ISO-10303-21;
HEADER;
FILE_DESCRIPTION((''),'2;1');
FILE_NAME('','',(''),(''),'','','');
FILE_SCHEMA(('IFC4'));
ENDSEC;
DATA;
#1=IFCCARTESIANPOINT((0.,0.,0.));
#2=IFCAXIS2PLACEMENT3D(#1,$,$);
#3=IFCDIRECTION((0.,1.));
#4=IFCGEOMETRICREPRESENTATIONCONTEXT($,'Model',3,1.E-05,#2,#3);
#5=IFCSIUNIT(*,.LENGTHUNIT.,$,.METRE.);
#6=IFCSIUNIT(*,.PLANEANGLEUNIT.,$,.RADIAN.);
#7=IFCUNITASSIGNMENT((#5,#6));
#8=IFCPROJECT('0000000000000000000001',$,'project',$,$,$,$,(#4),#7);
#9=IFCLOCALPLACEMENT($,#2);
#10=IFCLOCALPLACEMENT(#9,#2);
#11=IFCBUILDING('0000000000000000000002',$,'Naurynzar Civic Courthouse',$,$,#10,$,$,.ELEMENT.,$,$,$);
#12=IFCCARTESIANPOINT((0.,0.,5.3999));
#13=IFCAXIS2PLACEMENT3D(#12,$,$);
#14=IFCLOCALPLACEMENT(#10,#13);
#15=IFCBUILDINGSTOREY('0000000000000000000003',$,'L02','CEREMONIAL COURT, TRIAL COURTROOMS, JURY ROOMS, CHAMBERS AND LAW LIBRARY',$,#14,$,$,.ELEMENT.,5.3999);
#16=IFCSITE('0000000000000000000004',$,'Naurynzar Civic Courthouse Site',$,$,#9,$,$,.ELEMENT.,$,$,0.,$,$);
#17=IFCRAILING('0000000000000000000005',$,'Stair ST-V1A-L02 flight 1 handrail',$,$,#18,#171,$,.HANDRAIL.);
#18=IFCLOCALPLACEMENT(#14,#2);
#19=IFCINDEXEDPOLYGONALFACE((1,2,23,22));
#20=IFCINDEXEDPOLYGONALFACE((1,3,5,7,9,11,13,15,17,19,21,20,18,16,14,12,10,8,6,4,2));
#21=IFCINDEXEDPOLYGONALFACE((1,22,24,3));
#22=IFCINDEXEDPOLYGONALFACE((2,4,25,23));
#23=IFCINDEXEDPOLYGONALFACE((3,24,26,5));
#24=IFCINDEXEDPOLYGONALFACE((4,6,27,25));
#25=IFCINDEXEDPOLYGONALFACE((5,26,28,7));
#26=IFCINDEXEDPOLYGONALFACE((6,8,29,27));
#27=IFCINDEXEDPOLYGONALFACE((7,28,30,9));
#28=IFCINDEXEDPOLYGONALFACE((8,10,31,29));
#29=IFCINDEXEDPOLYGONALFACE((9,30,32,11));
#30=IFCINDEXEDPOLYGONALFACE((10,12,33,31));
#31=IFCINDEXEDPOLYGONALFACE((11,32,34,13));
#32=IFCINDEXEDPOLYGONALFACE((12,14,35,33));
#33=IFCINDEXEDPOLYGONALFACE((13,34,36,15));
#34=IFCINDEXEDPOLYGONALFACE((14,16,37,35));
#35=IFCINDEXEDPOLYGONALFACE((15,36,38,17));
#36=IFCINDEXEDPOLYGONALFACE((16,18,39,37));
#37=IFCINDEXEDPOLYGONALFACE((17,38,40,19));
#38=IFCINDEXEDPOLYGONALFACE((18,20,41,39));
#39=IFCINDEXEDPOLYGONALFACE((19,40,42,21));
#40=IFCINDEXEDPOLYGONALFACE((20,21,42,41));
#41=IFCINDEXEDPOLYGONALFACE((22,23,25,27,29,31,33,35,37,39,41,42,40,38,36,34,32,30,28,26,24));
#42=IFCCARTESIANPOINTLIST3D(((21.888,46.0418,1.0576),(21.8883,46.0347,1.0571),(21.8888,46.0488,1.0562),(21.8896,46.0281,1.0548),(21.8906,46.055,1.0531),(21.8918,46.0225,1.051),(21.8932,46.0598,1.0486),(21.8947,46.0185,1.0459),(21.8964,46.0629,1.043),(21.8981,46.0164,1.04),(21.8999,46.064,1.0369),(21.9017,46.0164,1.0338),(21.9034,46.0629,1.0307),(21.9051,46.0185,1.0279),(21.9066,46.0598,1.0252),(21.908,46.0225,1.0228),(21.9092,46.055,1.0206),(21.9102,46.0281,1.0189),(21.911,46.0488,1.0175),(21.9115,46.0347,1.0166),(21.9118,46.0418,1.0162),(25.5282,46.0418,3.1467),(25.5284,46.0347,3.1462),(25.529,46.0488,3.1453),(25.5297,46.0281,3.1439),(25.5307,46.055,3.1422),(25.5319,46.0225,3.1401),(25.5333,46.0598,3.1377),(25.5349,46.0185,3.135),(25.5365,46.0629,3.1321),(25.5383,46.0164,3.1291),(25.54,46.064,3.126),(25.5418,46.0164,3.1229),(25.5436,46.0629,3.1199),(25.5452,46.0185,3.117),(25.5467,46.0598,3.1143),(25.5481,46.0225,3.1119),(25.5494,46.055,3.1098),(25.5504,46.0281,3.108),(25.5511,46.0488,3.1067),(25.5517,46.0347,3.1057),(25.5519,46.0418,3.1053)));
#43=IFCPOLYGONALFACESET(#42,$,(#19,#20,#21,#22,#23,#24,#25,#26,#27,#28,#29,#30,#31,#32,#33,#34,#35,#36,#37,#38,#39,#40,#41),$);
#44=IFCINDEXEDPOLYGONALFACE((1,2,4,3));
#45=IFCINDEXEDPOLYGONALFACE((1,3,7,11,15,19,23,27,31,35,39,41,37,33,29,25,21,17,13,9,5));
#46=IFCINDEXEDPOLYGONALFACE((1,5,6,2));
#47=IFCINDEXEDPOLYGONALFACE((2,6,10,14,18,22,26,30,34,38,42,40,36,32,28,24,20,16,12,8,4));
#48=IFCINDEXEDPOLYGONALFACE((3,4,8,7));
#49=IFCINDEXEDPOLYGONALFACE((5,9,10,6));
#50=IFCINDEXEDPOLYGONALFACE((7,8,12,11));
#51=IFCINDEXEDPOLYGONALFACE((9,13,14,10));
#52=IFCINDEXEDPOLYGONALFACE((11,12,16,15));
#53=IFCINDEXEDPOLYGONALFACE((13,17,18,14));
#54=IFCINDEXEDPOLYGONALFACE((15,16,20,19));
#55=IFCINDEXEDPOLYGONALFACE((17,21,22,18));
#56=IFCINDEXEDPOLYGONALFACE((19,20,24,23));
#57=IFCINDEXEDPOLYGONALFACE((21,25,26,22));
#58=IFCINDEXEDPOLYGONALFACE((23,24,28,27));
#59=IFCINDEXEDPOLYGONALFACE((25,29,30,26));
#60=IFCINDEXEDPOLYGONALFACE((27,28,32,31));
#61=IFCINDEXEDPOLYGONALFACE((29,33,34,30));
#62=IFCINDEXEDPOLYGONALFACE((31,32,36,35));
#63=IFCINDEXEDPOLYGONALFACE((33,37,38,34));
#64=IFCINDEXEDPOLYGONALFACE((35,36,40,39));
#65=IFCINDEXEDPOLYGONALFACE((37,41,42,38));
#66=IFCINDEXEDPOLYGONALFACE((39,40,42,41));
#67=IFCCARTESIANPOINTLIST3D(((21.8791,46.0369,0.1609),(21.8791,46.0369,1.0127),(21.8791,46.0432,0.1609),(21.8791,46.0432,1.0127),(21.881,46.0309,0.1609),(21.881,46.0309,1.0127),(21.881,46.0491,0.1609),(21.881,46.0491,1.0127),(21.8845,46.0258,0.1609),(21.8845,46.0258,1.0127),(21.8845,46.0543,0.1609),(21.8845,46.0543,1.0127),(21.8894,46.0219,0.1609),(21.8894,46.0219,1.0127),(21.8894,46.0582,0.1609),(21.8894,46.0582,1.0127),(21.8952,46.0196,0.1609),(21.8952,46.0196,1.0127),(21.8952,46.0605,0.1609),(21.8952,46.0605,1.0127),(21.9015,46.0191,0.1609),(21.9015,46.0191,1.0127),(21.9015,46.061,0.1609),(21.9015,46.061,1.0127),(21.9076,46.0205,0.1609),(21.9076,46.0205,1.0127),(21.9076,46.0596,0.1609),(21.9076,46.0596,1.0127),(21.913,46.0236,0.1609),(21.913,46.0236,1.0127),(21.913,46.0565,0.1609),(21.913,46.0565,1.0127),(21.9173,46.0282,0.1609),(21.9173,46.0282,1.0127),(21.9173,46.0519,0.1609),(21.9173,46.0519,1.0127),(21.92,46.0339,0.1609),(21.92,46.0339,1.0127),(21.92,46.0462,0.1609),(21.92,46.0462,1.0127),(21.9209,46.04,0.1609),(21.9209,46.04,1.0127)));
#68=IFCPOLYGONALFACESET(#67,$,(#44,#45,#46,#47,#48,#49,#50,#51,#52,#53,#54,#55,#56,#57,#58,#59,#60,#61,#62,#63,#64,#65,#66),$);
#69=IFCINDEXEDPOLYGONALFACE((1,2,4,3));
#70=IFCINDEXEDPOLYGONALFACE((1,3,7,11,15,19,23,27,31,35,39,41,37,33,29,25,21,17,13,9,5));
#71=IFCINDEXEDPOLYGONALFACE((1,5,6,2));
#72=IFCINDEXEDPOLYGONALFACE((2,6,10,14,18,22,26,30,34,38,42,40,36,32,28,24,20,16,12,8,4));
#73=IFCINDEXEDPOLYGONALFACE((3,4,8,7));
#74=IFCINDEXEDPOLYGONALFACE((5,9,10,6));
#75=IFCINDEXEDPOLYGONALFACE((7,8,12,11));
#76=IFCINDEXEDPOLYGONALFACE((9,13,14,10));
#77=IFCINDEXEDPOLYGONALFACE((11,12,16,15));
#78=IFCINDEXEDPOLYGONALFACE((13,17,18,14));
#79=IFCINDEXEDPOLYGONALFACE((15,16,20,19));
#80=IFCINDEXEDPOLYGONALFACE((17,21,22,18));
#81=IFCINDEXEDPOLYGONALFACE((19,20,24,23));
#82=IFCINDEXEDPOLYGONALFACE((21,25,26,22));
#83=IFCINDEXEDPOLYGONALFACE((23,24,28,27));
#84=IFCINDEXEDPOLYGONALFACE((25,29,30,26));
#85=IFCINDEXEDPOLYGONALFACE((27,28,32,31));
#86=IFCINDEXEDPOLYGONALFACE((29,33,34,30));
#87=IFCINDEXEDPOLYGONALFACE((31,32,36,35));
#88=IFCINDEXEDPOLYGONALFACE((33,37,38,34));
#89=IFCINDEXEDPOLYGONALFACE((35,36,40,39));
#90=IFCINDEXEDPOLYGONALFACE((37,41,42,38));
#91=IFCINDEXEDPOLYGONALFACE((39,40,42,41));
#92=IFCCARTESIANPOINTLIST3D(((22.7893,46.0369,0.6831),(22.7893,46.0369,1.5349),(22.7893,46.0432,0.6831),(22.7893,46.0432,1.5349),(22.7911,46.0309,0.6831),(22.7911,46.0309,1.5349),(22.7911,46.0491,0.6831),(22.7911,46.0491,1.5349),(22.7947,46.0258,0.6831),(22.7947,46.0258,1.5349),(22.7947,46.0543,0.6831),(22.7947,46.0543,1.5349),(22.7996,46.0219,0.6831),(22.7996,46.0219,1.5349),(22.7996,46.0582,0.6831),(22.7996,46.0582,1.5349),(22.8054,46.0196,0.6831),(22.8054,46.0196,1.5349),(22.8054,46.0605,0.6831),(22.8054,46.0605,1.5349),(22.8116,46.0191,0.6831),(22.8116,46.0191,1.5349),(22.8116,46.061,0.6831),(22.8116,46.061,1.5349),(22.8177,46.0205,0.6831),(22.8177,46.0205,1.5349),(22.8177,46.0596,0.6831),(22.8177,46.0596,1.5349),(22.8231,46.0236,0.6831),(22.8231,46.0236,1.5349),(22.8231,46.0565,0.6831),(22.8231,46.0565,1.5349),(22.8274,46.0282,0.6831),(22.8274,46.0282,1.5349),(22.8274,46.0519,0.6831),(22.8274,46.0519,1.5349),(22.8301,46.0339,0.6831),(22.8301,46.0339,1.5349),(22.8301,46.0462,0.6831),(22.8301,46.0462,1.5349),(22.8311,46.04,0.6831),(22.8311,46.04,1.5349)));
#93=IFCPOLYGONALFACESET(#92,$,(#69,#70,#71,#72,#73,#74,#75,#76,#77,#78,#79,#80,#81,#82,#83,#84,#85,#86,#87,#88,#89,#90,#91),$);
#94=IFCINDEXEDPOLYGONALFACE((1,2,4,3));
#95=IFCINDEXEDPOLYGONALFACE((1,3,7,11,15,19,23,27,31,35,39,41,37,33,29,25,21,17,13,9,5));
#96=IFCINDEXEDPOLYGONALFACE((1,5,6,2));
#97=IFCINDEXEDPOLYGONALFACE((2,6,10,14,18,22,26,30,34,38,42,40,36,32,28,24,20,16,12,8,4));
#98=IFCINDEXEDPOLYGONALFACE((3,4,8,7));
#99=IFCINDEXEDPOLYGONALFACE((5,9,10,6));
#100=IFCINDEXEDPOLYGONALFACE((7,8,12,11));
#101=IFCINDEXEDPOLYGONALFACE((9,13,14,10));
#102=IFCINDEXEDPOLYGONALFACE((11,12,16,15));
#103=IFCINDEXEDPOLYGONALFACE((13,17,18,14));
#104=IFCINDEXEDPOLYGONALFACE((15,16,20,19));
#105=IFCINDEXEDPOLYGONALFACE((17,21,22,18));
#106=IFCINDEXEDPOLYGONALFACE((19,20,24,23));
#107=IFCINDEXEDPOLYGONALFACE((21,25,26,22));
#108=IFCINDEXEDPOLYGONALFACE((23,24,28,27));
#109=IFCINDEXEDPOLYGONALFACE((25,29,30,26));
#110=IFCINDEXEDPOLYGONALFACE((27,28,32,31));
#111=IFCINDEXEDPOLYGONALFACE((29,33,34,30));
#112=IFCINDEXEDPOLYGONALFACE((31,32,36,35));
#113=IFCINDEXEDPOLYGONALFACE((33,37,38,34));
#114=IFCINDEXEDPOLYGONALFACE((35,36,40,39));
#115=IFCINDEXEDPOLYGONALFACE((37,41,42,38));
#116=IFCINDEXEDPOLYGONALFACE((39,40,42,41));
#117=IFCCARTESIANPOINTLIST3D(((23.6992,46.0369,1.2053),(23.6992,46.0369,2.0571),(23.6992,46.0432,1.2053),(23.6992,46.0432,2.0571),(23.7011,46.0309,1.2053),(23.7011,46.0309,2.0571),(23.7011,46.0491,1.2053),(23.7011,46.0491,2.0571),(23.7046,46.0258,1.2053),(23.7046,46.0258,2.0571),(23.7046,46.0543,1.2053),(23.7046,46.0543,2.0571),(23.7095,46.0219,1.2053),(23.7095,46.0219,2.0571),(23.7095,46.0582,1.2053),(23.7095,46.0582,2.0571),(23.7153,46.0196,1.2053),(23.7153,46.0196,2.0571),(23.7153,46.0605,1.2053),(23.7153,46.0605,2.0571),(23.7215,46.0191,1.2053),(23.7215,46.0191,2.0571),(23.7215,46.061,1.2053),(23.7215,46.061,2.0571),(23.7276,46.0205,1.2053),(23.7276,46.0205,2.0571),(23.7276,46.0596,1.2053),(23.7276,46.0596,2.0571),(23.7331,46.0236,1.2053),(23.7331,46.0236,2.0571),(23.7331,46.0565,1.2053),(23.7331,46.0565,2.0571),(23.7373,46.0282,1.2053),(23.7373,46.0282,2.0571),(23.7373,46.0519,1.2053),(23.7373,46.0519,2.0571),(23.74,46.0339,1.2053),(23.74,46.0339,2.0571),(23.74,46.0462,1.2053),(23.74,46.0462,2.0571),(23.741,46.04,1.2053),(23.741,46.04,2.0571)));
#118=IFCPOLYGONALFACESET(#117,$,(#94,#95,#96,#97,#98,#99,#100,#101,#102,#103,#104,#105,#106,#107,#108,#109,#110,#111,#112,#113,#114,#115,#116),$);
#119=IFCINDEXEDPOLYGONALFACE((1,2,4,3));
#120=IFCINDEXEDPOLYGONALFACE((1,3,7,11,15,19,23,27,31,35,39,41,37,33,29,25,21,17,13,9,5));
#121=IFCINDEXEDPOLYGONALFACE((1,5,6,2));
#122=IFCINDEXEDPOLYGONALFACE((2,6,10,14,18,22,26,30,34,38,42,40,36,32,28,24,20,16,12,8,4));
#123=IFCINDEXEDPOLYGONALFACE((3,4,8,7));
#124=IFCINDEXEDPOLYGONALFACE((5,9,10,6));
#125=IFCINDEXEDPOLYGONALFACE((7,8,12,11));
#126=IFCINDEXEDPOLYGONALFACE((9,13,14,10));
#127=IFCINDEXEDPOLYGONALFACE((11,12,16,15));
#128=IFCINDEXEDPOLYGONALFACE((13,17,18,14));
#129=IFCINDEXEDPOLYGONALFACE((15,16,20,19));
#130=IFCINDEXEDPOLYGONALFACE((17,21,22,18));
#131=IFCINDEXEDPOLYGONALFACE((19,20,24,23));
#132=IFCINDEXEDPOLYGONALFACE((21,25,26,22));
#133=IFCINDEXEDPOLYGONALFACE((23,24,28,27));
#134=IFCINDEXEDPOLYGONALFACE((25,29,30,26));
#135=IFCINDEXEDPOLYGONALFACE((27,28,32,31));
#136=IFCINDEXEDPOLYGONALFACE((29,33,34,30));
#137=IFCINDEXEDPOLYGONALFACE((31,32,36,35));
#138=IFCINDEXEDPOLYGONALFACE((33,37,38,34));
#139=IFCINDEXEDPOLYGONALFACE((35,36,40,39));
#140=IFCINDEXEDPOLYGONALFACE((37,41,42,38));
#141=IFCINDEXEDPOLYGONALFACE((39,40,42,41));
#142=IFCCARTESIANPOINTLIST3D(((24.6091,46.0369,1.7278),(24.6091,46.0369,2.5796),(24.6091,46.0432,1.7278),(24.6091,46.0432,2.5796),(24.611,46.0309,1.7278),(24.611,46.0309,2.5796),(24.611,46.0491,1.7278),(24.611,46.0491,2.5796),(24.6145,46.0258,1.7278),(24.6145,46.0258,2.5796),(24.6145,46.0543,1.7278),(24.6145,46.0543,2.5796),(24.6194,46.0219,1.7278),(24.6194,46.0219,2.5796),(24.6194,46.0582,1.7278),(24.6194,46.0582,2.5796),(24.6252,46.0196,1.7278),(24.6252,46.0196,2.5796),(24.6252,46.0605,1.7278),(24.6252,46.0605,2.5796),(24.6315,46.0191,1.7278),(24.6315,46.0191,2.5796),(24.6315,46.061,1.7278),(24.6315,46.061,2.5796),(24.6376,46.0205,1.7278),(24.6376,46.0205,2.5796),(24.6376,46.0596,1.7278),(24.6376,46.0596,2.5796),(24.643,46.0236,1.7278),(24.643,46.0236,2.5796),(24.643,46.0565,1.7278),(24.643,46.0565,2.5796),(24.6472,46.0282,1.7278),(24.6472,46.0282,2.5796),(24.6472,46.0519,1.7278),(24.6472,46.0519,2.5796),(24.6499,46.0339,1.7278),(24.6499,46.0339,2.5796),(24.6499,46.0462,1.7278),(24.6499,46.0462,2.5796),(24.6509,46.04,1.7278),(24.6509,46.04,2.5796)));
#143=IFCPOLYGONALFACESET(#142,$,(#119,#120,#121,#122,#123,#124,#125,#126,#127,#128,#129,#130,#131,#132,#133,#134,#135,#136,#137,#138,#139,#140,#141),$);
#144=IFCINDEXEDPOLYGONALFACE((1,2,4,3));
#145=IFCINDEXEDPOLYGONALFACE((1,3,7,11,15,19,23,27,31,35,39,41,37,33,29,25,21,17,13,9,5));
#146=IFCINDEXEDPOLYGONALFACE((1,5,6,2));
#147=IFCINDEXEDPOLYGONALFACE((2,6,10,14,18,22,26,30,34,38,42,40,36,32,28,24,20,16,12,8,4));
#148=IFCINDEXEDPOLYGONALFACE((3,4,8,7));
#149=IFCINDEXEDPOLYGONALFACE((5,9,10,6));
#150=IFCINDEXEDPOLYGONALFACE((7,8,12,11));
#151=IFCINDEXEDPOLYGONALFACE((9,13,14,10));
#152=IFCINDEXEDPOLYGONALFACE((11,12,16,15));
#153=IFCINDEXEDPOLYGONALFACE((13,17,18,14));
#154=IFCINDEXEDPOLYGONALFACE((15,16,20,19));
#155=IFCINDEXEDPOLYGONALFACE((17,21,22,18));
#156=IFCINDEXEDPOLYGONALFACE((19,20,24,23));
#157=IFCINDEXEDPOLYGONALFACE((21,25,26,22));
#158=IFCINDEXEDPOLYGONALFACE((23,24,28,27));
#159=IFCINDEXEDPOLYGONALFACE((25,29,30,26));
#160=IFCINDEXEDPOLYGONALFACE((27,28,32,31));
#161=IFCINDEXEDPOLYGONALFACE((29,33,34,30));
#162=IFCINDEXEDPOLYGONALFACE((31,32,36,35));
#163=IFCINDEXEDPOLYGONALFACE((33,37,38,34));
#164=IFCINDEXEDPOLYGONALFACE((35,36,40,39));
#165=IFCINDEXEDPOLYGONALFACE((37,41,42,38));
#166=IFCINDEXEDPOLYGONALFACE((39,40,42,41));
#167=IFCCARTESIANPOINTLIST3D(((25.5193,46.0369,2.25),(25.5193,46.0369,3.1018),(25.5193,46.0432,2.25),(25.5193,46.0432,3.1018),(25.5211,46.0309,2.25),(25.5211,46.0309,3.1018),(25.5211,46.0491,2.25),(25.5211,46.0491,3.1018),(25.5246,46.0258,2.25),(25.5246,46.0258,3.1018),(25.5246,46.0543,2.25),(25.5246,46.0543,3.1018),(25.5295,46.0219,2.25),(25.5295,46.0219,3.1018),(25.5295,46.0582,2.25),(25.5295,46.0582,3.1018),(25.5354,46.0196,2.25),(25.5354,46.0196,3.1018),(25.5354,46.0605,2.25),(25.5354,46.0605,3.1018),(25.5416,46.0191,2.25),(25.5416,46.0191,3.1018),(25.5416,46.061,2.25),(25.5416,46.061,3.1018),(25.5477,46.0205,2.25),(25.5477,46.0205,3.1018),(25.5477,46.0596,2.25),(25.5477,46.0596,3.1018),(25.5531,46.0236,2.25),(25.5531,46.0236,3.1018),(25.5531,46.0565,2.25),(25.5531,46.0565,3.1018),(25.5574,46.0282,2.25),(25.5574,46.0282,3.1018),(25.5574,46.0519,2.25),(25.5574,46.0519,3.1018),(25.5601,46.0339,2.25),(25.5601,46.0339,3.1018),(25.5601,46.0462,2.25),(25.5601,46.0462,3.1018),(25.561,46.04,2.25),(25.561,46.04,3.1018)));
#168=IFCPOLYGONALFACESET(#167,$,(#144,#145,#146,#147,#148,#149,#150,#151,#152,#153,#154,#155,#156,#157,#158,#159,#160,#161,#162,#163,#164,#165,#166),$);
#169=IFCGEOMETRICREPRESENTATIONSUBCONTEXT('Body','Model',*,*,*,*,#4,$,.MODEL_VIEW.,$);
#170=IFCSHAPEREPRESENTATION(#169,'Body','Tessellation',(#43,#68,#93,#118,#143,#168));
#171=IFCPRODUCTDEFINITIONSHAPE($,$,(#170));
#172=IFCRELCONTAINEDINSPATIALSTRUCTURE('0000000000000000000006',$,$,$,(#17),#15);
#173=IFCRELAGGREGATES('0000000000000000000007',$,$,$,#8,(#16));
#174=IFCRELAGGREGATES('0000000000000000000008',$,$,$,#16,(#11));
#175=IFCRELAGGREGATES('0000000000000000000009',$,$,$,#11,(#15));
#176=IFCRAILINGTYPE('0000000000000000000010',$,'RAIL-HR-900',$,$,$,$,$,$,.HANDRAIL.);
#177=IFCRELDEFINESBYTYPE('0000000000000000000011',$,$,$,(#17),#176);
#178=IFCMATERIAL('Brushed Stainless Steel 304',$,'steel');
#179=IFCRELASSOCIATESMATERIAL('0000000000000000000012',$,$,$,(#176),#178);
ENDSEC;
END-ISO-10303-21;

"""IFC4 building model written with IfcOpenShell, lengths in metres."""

from ifc_helpers import new_model, si_unit, direction, frame, origin, origin_2d, place, context, subcontext, project, spatial, circle, extrude, material, type_object, element, save


model = new_model("IFC4")

# Units and contexts
model_context = context("Model", 3, precision=1e-05, world=origin(), true_north=direction((0.0, 1.0)))
body_context = subcontext(model_context, "Body", "Model", "MODEL_VIEW")
ifc_project = project(units=[si_unit("LENGTHUNIT", "METRE"), si_unit("PLANEANGLEUNIT", "RADIAN")], contexts=[model_context])

# Site, building, storey
site_placement = place(None, origin())
site = spatial("IfcSite", under=ifc_project, at=site_placement, Name="Naurynzar Civic Courthouse Site", CompositionType="ELEMENT", RefElevation=0.0)
building_placement = place(site_placement, origin())
building = spatial("IfcBuilding", under=site, at=building_placement, Name="Naurynzar Civic Courthouse", CompositionType="ELEMENT")
storey_placement = place(building_placement, frame((0.0, 0.0, 5.3999)))
storey = spatial("IfcBuildingStorey", under=building, at=storey_placement, Name="L02", Description="CEREMONIAL COURT, TRIAL COURTROOMS, JURY ROOMS, CHAMBERS AND LAW LIBRARY", CompositionType="ELEMENT", Elevation=5.3999)

# Railing
ifc_material_1 = material(Name="Brushed Stainless Steel 304", Category="steel")
railing_type_1 = type_object("IfcRailingType", Name="RAIL-HR-900", PredefinedType="HANDRAIL", material=ifc_material_1)
railing_1_placement = place(storey_placement, frame((21.8999, 46.04, 0.1609)))
element("IfcRailing", 1, at=railing_1_placement, inside=storey, type_object=railing_type_1, Name="Stair ST-V1A-L02 flight 1 handrail", PredefinedType="HANDRAIL", context=body_context, shape_type="SweptSolid", body=[
    extrude(circle(Radius=0.0239, at=origin_2d()), frame((0.0, 0.0, 0.876), z_axis=(0.867314, 0.0, 0.497761), x_axis=(0.0, 1.0, 0.0)), (0.0, 0.0, 1.0), 4.197),
    extrude(circle(Radius=0.021, at=origin_2d()), origin(), (0.0, 0.0, 1.0), 0.8518),
    extrude(circle(Radius=0.021, at=origin_2d()), frame((0.9102, 0.0, 0.5222)), (0.0, 0.0, 1.0), 0.8518),
    extrude(circle(Radius=0.021, at=origin_2d()), frame((1.8201, 0.0, 1.0444)), (0.0, 0.0, 1.0), 0.8518),
    extrude(circle(Radius=0.021, at=origin_2d()), frame((2.73, 0.0, 1.5669)), (0.0, 0.0, 1.0), 0.8518),
    extrude(circle(Radius=0.021, at=origin_2d()), frame((3.6401, 0.0, 2.0891)), (0.0, 0.0, 1.0), 0.8518),
])

save(model, "model.ifc")
